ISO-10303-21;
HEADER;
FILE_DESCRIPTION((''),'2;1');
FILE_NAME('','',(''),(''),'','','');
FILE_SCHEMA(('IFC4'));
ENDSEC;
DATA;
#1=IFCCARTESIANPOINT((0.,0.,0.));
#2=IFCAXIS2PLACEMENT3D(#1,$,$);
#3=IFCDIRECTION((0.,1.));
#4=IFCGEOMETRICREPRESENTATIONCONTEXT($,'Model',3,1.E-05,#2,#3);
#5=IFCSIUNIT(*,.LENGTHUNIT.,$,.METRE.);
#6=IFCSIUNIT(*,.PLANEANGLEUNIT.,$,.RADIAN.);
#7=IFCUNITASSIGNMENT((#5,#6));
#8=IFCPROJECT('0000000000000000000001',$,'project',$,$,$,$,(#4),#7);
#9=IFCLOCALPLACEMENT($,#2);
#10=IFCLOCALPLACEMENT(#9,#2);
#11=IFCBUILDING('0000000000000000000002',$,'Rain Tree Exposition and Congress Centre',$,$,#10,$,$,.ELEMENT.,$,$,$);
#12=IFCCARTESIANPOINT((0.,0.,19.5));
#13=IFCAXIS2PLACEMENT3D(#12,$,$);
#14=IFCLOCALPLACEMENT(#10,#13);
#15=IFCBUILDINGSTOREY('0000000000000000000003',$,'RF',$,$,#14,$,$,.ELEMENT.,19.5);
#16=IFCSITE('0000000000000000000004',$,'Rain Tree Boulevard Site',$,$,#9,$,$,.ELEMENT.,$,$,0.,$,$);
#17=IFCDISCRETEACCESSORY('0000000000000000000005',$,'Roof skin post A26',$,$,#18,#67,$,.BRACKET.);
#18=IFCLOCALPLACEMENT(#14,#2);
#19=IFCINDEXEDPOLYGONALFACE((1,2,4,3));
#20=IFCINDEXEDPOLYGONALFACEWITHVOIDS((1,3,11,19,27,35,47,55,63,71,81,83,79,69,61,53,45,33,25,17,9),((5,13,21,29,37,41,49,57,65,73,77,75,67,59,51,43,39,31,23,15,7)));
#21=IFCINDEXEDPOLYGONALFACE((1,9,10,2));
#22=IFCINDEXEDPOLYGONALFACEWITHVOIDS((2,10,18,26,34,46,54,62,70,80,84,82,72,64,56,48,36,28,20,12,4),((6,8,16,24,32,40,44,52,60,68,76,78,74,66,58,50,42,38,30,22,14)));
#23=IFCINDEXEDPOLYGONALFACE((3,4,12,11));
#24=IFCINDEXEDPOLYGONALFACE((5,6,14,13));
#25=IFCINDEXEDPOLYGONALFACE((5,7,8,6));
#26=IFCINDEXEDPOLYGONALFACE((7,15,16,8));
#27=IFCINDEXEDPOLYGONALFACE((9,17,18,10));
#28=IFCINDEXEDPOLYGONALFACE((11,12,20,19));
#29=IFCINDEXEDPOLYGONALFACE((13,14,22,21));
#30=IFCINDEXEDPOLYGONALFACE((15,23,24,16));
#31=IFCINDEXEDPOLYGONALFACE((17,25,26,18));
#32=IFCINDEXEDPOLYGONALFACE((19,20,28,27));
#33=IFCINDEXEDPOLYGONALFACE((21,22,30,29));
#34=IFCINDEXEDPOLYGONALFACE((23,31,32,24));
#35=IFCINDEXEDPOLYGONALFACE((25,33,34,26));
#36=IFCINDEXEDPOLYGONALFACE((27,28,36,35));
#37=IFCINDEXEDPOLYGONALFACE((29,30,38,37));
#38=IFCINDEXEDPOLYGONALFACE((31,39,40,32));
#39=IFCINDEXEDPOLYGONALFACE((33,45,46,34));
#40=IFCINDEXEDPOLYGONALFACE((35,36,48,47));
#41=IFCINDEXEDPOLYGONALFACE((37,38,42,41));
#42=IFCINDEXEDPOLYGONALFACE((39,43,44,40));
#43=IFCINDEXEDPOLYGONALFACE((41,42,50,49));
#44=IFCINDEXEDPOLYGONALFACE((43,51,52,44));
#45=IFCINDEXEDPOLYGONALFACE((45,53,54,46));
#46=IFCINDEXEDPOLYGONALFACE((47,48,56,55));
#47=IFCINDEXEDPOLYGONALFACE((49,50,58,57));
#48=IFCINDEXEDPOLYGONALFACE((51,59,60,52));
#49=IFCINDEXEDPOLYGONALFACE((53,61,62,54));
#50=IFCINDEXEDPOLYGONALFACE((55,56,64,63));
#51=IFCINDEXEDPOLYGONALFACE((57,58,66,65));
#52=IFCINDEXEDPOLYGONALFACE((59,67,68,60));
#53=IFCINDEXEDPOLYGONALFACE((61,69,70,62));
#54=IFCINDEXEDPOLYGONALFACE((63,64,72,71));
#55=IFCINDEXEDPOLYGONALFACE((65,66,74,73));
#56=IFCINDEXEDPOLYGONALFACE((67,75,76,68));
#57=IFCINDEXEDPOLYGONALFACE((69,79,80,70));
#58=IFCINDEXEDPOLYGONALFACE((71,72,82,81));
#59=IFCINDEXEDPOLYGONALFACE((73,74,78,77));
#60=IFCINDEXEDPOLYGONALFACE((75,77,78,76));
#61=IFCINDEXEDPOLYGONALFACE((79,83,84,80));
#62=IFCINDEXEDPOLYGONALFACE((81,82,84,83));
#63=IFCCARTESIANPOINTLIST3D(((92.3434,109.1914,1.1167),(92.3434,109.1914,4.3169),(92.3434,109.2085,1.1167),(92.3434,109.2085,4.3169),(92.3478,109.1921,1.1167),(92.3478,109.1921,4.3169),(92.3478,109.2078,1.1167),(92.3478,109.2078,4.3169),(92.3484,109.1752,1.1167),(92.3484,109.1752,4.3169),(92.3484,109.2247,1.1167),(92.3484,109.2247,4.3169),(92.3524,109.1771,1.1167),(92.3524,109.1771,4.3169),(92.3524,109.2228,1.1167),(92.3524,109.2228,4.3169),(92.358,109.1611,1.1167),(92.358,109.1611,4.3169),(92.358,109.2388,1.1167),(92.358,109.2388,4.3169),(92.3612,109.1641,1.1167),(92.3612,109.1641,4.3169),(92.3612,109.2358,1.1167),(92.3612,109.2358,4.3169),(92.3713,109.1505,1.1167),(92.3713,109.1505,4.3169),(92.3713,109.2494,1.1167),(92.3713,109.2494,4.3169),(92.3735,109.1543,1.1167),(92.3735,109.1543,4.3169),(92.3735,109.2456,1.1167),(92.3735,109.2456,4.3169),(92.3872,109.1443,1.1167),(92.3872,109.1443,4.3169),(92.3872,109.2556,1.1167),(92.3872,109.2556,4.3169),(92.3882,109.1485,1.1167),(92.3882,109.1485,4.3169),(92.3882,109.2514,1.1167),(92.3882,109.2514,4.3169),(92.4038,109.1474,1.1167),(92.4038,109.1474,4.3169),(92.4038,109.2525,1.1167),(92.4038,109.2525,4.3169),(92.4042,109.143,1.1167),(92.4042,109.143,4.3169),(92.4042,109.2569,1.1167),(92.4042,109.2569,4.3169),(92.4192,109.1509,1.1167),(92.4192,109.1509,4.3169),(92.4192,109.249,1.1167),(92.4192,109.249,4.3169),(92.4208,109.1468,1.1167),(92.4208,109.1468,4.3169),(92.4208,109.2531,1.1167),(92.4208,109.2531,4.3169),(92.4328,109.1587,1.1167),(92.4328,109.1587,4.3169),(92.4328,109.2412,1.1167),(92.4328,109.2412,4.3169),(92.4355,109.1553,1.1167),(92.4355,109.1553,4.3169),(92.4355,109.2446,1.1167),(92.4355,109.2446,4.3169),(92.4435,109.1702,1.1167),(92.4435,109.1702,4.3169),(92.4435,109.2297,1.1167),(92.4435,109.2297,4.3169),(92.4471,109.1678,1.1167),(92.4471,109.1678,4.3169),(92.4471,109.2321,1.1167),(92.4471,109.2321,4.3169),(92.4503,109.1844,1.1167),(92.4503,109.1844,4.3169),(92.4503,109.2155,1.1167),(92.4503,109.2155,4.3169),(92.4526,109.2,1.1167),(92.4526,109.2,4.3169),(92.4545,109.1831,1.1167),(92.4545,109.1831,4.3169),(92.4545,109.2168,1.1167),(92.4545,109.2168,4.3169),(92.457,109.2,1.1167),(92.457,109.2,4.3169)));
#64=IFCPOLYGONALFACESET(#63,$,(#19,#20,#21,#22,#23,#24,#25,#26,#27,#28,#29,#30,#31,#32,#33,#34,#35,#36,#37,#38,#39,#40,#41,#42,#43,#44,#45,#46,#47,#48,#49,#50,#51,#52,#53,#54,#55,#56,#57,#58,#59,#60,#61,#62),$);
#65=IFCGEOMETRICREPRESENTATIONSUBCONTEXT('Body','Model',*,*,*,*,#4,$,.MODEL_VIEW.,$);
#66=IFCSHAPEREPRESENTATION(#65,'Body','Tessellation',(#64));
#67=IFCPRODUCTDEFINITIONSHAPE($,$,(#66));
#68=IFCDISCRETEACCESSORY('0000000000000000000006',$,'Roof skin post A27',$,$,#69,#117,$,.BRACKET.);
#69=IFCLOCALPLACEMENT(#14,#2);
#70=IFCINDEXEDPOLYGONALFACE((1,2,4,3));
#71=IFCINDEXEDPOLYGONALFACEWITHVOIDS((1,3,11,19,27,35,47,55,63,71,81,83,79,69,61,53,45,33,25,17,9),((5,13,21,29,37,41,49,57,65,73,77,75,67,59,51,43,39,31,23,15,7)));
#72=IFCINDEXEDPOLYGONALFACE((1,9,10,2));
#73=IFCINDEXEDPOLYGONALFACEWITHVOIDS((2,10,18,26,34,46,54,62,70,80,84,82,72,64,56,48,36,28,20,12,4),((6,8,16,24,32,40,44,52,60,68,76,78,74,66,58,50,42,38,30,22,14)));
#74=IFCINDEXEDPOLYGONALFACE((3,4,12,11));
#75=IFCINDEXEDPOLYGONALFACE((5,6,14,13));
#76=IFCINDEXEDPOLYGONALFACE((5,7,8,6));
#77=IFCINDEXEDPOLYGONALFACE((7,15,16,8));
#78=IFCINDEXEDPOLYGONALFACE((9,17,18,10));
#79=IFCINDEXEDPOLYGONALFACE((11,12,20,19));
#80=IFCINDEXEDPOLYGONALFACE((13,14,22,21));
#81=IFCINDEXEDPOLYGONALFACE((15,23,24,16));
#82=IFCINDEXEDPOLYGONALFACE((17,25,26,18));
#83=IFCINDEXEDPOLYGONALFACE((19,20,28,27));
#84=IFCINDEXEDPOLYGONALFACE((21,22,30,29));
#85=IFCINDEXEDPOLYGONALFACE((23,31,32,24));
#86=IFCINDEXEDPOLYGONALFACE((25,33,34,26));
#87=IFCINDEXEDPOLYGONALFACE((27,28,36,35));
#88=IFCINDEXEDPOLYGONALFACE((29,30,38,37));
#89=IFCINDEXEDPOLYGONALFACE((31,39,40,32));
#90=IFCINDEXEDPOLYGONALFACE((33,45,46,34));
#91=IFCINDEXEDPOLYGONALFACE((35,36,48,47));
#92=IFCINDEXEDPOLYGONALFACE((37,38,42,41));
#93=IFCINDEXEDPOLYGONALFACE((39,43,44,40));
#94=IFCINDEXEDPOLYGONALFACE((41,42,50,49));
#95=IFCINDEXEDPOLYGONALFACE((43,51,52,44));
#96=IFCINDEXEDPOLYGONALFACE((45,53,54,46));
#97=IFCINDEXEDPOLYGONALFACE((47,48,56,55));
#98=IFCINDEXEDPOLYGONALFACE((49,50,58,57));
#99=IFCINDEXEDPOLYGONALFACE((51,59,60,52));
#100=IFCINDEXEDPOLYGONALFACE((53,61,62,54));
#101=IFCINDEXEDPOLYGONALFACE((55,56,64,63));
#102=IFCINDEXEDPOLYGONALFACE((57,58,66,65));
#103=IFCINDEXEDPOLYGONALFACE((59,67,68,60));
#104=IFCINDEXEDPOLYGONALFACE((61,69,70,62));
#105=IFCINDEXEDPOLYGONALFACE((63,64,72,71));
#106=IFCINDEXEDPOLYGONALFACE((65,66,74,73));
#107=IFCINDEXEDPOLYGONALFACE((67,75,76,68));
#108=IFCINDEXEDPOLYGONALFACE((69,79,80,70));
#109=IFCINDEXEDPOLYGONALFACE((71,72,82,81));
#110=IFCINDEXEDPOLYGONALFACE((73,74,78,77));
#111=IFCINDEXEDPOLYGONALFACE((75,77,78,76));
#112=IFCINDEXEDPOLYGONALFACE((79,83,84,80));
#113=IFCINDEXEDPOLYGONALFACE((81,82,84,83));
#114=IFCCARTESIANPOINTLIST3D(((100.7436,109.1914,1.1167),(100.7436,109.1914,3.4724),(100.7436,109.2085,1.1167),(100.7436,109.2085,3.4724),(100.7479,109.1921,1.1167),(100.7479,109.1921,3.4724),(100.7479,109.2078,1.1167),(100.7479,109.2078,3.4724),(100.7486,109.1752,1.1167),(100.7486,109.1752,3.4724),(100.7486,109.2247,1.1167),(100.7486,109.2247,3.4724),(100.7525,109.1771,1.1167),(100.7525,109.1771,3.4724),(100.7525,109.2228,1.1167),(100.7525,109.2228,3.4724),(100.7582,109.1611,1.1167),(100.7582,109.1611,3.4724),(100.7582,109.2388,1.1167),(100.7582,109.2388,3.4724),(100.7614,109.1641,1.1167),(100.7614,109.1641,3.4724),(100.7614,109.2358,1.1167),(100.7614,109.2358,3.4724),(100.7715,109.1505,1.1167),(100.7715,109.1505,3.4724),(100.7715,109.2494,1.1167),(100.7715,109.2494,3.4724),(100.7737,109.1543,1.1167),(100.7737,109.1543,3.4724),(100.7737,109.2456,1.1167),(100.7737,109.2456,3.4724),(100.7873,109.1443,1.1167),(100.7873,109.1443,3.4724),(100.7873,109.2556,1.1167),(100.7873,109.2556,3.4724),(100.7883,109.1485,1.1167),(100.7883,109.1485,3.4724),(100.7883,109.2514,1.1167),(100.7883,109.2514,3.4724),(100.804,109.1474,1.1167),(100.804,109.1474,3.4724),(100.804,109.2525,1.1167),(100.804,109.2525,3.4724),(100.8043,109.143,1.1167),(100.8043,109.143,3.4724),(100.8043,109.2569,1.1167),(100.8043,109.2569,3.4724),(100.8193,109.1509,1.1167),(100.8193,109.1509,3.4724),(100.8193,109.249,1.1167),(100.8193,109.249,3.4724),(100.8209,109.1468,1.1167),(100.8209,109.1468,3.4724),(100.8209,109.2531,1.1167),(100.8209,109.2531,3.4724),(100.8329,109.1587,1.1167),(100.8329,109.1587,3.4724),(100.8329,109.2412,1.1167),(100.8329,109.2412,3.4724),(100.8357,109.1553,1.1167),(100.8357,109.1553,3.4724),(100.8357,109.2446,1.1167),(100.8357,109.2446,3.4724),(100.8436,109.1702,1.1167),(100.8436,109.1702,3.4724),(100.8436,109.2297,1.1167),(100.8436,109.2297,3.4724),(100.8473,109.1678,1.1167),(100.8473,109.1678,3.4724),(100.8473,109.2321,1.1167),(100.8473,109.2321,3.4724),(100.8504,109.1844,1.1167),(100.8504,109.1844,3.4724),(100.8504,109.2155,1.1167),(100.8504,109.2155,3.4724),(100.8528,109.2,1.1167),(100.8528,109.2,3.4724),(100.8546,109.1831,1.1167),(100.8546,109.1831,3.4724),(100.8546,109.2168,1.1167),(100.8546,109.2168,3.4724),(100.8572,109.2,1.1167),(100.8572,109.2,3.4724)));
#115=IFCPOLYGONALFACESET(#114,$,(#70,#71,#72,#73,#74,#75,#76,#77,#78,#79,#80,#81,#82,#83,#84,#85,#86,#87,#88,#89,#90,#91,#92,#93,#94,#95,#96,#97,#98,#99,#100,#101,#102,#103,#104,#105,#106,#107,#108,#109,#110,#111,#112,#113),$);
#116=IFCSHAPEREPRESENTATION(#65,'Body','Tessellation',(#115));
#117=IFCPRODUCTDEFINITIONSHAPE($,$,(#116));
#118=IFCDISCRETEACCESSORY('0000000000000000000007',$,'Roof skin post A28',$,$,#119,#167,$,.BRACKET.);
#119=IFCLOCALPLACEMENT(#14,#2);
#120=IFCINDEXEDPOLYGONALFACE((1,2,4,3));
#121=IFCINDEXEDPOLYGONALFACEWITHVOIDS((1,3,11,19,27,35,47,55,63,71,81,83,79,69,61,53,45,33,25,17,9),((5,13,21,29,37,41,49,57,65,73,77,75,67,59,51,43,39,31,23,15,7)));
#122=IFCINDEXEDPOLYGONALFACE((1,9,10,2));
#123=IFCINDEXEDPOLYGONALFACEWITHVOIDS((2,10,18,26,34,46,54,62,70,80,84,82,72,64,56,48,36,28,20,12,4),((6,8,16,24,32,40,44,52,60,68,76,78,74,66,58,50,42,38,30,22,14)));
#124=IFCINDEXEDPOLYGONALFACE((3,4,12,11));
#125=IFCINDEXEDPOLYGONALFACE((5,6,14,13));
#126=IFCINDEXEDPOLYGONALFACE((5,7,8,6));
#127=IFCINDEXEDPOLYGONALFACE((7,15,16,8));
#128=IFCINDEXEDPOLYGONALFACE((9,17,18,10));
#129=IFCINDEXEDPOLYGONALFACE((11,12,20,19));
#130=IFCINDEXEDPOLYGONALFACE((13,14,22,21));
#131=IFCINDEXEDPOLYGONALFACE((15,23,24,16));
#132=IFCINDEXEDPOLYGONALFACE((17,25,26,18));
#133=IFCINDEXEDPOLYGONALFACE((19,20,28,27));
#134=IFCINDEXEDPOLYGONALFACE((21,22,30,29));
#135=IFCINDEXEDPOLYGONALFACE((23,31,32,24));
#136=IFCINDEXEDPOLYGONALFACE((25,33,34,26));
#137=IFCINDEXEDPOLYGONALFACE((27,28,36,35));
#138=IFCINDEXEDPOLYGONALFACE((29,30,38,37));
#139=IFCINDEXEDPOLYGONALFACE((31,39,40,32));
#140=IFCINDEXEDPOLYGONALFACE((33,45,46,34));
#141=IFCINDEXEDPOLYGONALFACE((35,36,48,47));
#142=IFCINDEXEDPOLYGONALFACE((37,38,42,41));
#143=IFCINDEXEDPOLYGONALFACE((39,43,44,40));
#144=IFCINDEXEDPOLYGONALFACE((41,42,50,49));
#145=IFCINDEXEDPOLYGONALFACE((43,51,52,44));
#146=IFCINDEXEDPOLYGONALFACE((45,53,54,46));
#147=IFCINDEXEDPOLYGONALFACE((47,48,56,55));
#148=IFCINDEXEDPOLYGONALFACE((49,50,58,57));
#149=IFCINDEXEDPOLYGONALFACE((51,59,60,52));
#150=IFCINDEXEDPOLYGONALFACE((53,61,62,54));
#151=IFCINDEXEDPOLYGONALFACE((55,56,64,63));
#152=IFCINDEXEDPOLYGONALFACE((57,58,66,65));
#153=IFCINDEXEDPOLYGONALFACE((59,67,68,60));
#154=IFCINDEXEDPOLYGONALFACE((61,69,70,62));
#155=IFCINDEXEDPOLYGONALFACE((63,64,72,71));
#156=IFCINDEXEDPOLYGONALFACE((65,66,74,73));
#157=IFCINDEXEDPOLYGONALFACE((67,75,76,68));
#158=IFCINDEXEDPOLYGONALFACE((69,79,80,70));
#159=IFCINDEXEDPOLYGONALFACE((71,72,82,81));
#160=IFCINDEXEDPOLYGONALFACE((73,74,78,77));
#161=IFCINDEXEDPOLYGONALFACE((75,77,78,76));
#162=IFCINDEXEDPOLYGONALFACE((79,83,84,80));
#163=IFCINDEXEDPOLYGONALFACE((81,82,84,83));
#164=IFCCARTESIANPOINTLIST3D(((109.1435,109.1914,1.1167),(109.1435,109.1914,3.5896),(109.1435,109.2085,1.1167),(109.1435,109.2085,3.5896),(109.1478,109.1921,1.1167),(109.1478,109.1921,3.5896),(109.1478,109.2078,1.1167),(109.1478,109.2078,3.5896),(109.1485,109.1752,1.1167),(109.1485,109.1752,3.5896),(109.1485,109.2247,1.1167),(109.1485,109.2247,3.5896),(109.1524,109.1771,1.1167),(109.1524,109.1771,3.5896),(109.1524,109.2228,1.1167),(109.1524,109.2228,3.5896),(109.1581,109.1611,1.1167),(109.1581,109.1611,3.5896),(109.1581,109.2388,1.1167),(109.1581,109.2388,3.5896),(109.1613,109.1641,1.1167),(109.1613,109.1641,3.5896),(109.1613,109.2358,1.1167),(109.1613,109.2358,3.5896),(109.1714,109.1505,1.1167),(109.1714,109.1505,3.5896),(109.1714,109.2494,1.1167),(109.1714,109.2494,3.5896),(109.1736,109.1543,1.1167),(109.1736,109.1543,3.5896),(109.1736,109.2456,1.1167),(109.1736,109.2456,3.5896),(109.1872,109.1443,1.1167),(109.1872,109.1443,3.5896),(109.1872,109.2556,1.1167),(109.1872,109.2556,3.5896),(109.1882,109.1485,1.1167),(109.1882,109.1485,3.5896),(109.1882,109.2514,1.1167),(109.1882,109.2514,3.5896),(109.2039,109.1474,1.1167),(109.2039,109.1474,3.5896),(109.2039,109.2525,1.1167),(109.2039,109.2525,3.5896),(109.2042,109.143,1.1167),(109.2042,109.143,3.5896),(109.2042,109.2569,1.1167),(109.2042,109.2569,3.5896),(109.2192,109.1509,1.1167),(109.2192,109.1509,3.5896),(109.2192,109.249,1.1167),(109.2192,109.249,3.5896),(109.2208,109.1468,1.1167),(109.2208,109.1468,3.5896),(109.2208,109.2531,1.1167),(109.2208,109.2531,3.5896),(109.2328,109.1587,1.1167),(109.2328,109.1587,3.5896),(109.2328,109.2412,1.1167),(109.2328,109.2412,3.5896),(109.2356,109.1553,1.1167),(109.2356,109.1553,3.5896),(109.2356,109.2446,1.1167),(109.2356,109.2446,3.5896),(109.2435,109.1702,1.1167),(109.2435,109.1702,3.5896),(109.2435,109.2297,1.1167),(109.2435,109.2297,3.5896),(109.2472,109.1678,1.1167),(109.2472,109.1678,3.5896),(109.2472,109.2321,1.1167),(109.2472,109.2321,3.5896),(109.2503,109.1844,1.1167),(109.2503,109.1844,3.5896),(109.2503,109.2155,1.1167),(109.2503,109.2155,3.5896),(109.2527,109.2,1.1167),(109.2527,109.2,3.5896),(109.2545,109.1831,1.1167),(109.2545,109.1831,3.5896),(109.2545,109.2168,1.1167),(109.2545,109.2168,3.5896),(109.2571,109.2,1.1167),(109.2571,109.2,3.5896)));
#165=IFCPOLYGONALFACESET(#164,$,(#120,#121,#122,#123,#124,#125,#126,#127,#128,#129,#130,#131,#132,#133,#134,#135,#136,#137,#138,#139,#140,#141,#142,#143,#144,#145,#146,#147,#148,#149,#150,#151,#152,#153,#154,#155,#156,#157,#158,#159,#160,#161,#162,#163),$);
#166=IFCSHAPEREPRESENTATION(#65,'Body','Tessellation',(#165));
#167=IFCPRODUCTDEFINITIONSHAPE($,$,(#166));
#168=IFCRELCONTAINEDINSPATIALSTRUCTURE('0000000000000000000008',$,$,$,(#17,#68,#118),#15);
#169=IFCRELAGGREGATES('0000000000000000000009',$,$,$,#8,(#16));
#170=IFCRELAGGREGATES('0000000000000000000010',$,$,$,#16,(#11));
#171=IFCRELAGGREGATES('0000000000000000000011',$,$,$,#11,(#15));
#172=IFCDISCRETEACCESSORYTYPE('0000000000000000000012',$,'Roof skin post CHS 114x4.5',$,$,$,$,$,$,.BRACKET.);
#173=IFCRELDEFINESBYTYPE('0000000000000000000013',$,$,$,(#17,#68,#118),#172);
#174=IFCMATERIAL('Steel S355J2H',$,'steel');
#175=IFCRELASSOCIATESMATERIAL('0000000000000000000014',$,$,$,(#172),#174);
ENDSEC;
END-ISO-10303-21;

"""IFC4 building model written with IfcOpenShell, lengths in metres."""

from ifc_helpers import new_model, si_unit, direction, frame, origin, origin_2d, place, context, subcontext, project, spatial, hollow_circle, extrude, material, material_profile, profile_set, type_object, element, save


model = new_model("IFC4")

# Units and contexts
model_context = context("Model", 3, precision=1e-05, world=origin(), true_north=direction((0.0, 1.0)))
body_context = subcontext(model_context, "Body", "Model", "MODEL_VIEW")
ifc_project = project(units=[si_unit("LENGTHUNIT", "METRE"), si_unit("PLANEANGLEUNIT", "RADIAN")], contexts=[model_context])

# Site, building, storey
site_placement = place(None, origin())
site = spatial("IfcSite", under=ifc_project, at=site_placement, Name="Rain Tree Boulevard Site", CompositionType="ELEMENT", RefElevation=0.0)
building_placement = place(site_placement, origin())
building = spatial("IfcBuilding", under=site, at=building_placement, Name="Rain Tree Exposition and Congress Centre", CompositionType="ELEMENT")
storey_placement = place(building_placement, frame((0.0, 0.0, 19.5)))
storey = spatial("IfcBuildingStorey", under=building, at=storey_placement, Name="RF", CompositionType="ELEMENT", Elevation=19.5)

# Discrete accessories
ifc_material_1 = material(Name="Steel S355J2H", Category="steel")
ifc_material_profile_1 = material_profile(ifc_material_1, hollow_circle(Radius=0.0571, WallThickness=0.0044, at=origin_2d()), Name="CHS 114x4.5")
ifc_profile_set_1 = profile_set([ifc_material_profile_1], Name="Steel S355J2H")
discrete_accessory_type_1 = type_object("IfcDiscreteAccessoryType", Name="Roof skin post CHS 114x4.5", PredefinedType="BRACKET", material=ifc_profile_set_1)
discrete_accessory_1_placement = place(storey_placement, frame((92.3999, 109.2, 1.1167), z_axis=(0.0, 0.0, 1.0), x_axis=(1.0, 0.0, 0.0)))
element("IfcDiscreteAccessory", 1, at=discrete_accessory_1_placement, inside=storey, type_object=discrete_accessory_type_1, Name="Roof skin post A26", PredefinedType="BRACKET", context=body_context, shape_type="SweptSolid", body=[
    extrude(hollow_circle(Radius=0.0571, WallThickness=0.0044, at=origin_2d()), origin(), (0.0, 0.0, 1.0), 3.2002),
])
discrete_accessory_2_placement = place(storey_placement, frame((100.8, 109.2, 1.1167), z_axis=(0.0, 0.0, 1.0), x_axis=(1.0, 0.0, 0.0)))
element("IfcDiscreteAccessory", 2, at=discrete_accessory_2_placement, inside=storey, type_object=discrete_accessory_type_1, Name="Roof skin post A27", PredefinedType="BRACKET", context=body_context, shape_type="SweptSolid", body=[
    extrude(hollow_circle(Radius=0.0571, WallThickness=0.0044, at=origin_2d()), origin(), (0.0, 0.0, 1.0), 2.3557),
])
discrete_accessory_3_placement = place(storey_placement, frame((109.2, 109.2, 1.1167), z_axis=(0.0, 0.0, 1.0), x_axis=(1.0, 0.0, 0.0)))
element("IfcDiscreteAccessory", 3, at=discrete_accessory_3_placement, inside=storey, type_object=discrete_accessory_type_1, Name="Roof skin post A28", PredefinedType="BRACKET", context=body_context, shape_type="SweptSolid", body=[
    extrude(hollow_circle(Radius=0.0571, WallThickness=0.0044, at=origin_2d()), origin(), (0.0, 0.0, 1.0), 2.4729),
])

save(model, "model.ifc")
